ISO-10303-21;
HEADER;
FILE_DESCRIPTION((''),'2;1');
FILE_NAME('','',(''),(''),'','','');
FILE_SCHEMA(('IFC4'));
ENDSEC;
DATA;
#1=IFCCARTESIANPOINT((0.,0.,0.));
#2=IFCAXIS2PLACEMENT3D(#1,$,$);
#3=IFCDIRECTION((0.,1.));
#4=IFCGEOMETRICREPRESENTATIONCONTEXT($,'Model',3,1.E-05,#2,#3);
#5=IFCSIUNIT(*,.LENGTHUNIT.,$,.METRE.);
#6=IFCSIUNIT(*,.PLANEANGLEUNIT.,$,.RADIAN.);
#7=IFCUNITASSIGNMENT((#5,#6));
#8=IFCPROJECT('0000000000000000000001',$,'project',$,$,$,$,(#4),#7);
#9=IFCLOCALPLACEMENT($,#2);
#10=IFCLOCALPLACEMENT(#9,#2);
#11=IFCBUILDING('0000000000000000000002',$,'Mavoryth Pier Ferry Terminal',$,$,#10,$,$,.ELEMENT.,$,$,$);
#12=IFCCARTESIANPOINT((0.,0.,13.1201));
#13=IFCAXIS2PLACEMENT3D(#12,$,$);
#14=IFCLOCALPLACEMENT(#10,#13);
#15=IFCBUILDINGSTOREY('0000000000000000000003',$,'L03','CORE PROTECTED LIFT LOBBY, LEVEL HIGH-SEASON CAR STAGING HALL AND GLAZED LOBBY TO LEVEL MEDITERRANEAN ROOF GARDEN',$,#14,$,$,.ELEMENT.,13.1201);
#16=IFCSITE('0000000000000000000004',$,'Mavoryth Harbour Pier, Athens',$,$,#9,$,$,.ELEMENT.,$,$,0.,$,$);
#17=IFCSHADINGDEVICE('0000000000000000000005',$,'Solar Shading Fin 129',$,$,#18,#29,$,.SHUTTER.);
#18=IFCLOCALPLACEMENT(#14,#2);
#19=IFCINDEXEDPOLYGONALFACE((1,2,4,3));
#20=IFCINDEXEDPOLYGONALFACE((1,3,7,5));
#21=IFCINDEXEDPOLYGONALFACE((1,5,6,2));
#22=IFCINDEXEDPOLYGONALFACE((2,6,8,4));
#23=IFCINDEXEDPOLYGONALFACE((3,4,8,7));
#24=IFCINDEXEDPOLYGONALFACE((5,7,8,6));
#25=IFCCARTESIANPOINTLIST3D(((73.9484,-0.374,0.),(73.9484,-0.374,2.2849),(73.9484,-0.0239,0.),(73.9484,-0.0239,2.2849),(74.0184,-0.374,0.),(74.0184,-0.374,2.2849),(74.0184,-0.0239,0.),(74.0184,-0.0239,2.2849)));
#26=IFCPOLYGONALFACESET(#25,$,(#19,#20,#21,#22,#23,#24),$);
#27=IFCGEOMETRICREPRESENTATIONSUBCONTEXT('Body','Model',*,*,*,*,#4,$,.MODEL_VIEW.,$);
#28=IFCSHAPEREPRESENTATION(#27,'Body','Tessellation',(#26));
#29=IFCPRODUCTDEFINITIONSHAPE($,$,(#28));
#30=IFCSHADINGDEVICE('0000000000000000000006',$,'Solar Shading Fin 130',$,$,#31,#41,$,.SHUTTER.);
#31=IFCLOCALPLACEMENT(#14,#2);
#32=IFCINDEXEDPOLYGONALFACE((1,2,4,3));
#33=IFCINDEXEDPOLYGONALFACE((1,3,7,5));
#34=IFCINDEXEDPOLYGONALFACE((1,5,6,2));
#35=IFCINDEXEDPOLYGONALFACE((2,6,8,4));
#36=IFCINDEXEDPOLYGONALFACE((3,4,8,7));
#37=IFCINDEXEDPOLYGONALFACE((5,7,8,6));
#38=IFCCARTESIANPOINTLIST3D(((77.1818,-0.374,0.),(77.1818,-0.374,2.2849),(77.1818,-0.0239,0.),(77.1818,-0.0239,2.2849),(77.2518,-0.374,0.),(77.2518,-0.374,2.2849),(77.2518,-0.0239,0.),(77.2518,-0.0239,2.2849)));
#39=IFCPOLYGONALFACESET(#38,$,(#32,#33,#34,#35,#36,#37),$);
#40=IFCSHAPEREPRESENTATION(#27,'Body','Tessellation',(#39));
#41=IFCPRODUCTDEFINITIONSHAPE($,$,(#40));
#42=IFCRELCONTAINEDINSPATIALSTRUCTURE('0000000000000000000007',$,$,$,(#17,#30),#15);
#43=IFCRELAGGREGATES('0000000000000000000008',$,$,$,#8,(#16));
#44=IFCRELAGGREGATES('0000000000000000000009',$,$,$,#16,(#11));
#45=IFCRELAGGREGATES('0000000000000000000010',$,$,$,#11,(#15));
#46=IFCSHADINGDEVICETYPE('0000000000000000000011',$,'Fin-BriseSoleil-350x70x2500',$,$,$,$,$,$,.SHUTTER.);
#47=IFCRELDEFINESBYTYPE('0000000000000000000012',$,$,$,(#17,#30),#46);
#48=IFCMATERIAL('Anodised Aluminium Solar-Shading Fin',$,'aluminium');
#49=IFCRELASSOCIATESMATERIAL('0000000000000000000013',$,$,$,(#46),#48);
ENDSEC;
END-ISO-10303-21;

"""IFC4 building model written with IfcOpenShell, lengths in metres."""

from ifc_helpers import new_model, si_unit, direction, frame, origin, origin_2d, place, context, subcontext, project, spatial, rectangle, extrude, material, type_object, element, save


model = new_model("IFC4")

# Units and contexts
model_context = context("Model", 3, precision=1e-05, world=origin(), true_north=direction((0.0, 1.0)))
body_context = subcontext(model_context, "Body", "Model", "MODEL_VIEW")
ifc_project = project(units=[si_unit("LENGTHUNIT", "METRE"), si_unit("PLANEANGLEUNIT", "RADIAN")], contexts=[model_context])

# Site, building, storey
site_placement = place(None, origin())
site = spatial("IfcSite", under=ifc_project, at=site_placement, Name="Mavoryth Harbour Pier, Athens", CompositionType="ELEMENT", RefElevation=0.0)
building_placement = place(site_placement, origin())
building = spatial("IfcBuilding", under=site, at=building_placement, Name="Mavoryth Pier Ferry Terminal", CompositionType="ELEMENT")
storey_placement = place(building_placement, frame((0.0, 0.0, 13.1201)))
storey = spatial("IfcBuildingStorey", under=building, at=storey_placement, Name="L03", Description="CORE PROTECTED LIFT LOBBY, LEVEL HIGH-SEASON CAR STAGING HALL AND GLAZED LOBBY TO LEVEL MEDITERRANEAN ROOF GARDEN", CompositionType="ELEMENT", Elevation=13.1201)

# Shading devices
ifc_material_1 = material(Name="Anodised Aluminium Solar-Shading Fin", Category="aluminium")
shading_device_type = type_object("IfcShadingDeviceType", Name="Fin-BriseSoleil-350x70x2500", PredefinedType="SHUTTER", material=ifc_material_1)
for number, where, z_axis, x_axis, name in (
    (1, (73.9834, -0.199, 0.0), (0.0, 0.0, 1.0), (1.0, 0.0, 0.0), "Solar Shading Fin 129"),
    (2, (77.2168, -0.199, 0.0), (0.0, 0.0, 1.0), (1.0, 0.0, 0.0), "Solar Shading Fin 130"),
):
    element("IfcShadingDevice", number, at=place(storey_placement, frame(where, z_axis=z_axis, x_axis=x_axis)), inside=storey, type_object=shading_device_type, Name=name, PredefinedType="SHUTTER", context=body_context, shape_type="SweptSolid", body=[
        extrude(rectangle(XDim=0.0701, YDim=0.3501, at=origin_2d()), origin(), (0.0, 0.0, 1.0), 2.2849),
    ])

save(model, "model.ifc")
